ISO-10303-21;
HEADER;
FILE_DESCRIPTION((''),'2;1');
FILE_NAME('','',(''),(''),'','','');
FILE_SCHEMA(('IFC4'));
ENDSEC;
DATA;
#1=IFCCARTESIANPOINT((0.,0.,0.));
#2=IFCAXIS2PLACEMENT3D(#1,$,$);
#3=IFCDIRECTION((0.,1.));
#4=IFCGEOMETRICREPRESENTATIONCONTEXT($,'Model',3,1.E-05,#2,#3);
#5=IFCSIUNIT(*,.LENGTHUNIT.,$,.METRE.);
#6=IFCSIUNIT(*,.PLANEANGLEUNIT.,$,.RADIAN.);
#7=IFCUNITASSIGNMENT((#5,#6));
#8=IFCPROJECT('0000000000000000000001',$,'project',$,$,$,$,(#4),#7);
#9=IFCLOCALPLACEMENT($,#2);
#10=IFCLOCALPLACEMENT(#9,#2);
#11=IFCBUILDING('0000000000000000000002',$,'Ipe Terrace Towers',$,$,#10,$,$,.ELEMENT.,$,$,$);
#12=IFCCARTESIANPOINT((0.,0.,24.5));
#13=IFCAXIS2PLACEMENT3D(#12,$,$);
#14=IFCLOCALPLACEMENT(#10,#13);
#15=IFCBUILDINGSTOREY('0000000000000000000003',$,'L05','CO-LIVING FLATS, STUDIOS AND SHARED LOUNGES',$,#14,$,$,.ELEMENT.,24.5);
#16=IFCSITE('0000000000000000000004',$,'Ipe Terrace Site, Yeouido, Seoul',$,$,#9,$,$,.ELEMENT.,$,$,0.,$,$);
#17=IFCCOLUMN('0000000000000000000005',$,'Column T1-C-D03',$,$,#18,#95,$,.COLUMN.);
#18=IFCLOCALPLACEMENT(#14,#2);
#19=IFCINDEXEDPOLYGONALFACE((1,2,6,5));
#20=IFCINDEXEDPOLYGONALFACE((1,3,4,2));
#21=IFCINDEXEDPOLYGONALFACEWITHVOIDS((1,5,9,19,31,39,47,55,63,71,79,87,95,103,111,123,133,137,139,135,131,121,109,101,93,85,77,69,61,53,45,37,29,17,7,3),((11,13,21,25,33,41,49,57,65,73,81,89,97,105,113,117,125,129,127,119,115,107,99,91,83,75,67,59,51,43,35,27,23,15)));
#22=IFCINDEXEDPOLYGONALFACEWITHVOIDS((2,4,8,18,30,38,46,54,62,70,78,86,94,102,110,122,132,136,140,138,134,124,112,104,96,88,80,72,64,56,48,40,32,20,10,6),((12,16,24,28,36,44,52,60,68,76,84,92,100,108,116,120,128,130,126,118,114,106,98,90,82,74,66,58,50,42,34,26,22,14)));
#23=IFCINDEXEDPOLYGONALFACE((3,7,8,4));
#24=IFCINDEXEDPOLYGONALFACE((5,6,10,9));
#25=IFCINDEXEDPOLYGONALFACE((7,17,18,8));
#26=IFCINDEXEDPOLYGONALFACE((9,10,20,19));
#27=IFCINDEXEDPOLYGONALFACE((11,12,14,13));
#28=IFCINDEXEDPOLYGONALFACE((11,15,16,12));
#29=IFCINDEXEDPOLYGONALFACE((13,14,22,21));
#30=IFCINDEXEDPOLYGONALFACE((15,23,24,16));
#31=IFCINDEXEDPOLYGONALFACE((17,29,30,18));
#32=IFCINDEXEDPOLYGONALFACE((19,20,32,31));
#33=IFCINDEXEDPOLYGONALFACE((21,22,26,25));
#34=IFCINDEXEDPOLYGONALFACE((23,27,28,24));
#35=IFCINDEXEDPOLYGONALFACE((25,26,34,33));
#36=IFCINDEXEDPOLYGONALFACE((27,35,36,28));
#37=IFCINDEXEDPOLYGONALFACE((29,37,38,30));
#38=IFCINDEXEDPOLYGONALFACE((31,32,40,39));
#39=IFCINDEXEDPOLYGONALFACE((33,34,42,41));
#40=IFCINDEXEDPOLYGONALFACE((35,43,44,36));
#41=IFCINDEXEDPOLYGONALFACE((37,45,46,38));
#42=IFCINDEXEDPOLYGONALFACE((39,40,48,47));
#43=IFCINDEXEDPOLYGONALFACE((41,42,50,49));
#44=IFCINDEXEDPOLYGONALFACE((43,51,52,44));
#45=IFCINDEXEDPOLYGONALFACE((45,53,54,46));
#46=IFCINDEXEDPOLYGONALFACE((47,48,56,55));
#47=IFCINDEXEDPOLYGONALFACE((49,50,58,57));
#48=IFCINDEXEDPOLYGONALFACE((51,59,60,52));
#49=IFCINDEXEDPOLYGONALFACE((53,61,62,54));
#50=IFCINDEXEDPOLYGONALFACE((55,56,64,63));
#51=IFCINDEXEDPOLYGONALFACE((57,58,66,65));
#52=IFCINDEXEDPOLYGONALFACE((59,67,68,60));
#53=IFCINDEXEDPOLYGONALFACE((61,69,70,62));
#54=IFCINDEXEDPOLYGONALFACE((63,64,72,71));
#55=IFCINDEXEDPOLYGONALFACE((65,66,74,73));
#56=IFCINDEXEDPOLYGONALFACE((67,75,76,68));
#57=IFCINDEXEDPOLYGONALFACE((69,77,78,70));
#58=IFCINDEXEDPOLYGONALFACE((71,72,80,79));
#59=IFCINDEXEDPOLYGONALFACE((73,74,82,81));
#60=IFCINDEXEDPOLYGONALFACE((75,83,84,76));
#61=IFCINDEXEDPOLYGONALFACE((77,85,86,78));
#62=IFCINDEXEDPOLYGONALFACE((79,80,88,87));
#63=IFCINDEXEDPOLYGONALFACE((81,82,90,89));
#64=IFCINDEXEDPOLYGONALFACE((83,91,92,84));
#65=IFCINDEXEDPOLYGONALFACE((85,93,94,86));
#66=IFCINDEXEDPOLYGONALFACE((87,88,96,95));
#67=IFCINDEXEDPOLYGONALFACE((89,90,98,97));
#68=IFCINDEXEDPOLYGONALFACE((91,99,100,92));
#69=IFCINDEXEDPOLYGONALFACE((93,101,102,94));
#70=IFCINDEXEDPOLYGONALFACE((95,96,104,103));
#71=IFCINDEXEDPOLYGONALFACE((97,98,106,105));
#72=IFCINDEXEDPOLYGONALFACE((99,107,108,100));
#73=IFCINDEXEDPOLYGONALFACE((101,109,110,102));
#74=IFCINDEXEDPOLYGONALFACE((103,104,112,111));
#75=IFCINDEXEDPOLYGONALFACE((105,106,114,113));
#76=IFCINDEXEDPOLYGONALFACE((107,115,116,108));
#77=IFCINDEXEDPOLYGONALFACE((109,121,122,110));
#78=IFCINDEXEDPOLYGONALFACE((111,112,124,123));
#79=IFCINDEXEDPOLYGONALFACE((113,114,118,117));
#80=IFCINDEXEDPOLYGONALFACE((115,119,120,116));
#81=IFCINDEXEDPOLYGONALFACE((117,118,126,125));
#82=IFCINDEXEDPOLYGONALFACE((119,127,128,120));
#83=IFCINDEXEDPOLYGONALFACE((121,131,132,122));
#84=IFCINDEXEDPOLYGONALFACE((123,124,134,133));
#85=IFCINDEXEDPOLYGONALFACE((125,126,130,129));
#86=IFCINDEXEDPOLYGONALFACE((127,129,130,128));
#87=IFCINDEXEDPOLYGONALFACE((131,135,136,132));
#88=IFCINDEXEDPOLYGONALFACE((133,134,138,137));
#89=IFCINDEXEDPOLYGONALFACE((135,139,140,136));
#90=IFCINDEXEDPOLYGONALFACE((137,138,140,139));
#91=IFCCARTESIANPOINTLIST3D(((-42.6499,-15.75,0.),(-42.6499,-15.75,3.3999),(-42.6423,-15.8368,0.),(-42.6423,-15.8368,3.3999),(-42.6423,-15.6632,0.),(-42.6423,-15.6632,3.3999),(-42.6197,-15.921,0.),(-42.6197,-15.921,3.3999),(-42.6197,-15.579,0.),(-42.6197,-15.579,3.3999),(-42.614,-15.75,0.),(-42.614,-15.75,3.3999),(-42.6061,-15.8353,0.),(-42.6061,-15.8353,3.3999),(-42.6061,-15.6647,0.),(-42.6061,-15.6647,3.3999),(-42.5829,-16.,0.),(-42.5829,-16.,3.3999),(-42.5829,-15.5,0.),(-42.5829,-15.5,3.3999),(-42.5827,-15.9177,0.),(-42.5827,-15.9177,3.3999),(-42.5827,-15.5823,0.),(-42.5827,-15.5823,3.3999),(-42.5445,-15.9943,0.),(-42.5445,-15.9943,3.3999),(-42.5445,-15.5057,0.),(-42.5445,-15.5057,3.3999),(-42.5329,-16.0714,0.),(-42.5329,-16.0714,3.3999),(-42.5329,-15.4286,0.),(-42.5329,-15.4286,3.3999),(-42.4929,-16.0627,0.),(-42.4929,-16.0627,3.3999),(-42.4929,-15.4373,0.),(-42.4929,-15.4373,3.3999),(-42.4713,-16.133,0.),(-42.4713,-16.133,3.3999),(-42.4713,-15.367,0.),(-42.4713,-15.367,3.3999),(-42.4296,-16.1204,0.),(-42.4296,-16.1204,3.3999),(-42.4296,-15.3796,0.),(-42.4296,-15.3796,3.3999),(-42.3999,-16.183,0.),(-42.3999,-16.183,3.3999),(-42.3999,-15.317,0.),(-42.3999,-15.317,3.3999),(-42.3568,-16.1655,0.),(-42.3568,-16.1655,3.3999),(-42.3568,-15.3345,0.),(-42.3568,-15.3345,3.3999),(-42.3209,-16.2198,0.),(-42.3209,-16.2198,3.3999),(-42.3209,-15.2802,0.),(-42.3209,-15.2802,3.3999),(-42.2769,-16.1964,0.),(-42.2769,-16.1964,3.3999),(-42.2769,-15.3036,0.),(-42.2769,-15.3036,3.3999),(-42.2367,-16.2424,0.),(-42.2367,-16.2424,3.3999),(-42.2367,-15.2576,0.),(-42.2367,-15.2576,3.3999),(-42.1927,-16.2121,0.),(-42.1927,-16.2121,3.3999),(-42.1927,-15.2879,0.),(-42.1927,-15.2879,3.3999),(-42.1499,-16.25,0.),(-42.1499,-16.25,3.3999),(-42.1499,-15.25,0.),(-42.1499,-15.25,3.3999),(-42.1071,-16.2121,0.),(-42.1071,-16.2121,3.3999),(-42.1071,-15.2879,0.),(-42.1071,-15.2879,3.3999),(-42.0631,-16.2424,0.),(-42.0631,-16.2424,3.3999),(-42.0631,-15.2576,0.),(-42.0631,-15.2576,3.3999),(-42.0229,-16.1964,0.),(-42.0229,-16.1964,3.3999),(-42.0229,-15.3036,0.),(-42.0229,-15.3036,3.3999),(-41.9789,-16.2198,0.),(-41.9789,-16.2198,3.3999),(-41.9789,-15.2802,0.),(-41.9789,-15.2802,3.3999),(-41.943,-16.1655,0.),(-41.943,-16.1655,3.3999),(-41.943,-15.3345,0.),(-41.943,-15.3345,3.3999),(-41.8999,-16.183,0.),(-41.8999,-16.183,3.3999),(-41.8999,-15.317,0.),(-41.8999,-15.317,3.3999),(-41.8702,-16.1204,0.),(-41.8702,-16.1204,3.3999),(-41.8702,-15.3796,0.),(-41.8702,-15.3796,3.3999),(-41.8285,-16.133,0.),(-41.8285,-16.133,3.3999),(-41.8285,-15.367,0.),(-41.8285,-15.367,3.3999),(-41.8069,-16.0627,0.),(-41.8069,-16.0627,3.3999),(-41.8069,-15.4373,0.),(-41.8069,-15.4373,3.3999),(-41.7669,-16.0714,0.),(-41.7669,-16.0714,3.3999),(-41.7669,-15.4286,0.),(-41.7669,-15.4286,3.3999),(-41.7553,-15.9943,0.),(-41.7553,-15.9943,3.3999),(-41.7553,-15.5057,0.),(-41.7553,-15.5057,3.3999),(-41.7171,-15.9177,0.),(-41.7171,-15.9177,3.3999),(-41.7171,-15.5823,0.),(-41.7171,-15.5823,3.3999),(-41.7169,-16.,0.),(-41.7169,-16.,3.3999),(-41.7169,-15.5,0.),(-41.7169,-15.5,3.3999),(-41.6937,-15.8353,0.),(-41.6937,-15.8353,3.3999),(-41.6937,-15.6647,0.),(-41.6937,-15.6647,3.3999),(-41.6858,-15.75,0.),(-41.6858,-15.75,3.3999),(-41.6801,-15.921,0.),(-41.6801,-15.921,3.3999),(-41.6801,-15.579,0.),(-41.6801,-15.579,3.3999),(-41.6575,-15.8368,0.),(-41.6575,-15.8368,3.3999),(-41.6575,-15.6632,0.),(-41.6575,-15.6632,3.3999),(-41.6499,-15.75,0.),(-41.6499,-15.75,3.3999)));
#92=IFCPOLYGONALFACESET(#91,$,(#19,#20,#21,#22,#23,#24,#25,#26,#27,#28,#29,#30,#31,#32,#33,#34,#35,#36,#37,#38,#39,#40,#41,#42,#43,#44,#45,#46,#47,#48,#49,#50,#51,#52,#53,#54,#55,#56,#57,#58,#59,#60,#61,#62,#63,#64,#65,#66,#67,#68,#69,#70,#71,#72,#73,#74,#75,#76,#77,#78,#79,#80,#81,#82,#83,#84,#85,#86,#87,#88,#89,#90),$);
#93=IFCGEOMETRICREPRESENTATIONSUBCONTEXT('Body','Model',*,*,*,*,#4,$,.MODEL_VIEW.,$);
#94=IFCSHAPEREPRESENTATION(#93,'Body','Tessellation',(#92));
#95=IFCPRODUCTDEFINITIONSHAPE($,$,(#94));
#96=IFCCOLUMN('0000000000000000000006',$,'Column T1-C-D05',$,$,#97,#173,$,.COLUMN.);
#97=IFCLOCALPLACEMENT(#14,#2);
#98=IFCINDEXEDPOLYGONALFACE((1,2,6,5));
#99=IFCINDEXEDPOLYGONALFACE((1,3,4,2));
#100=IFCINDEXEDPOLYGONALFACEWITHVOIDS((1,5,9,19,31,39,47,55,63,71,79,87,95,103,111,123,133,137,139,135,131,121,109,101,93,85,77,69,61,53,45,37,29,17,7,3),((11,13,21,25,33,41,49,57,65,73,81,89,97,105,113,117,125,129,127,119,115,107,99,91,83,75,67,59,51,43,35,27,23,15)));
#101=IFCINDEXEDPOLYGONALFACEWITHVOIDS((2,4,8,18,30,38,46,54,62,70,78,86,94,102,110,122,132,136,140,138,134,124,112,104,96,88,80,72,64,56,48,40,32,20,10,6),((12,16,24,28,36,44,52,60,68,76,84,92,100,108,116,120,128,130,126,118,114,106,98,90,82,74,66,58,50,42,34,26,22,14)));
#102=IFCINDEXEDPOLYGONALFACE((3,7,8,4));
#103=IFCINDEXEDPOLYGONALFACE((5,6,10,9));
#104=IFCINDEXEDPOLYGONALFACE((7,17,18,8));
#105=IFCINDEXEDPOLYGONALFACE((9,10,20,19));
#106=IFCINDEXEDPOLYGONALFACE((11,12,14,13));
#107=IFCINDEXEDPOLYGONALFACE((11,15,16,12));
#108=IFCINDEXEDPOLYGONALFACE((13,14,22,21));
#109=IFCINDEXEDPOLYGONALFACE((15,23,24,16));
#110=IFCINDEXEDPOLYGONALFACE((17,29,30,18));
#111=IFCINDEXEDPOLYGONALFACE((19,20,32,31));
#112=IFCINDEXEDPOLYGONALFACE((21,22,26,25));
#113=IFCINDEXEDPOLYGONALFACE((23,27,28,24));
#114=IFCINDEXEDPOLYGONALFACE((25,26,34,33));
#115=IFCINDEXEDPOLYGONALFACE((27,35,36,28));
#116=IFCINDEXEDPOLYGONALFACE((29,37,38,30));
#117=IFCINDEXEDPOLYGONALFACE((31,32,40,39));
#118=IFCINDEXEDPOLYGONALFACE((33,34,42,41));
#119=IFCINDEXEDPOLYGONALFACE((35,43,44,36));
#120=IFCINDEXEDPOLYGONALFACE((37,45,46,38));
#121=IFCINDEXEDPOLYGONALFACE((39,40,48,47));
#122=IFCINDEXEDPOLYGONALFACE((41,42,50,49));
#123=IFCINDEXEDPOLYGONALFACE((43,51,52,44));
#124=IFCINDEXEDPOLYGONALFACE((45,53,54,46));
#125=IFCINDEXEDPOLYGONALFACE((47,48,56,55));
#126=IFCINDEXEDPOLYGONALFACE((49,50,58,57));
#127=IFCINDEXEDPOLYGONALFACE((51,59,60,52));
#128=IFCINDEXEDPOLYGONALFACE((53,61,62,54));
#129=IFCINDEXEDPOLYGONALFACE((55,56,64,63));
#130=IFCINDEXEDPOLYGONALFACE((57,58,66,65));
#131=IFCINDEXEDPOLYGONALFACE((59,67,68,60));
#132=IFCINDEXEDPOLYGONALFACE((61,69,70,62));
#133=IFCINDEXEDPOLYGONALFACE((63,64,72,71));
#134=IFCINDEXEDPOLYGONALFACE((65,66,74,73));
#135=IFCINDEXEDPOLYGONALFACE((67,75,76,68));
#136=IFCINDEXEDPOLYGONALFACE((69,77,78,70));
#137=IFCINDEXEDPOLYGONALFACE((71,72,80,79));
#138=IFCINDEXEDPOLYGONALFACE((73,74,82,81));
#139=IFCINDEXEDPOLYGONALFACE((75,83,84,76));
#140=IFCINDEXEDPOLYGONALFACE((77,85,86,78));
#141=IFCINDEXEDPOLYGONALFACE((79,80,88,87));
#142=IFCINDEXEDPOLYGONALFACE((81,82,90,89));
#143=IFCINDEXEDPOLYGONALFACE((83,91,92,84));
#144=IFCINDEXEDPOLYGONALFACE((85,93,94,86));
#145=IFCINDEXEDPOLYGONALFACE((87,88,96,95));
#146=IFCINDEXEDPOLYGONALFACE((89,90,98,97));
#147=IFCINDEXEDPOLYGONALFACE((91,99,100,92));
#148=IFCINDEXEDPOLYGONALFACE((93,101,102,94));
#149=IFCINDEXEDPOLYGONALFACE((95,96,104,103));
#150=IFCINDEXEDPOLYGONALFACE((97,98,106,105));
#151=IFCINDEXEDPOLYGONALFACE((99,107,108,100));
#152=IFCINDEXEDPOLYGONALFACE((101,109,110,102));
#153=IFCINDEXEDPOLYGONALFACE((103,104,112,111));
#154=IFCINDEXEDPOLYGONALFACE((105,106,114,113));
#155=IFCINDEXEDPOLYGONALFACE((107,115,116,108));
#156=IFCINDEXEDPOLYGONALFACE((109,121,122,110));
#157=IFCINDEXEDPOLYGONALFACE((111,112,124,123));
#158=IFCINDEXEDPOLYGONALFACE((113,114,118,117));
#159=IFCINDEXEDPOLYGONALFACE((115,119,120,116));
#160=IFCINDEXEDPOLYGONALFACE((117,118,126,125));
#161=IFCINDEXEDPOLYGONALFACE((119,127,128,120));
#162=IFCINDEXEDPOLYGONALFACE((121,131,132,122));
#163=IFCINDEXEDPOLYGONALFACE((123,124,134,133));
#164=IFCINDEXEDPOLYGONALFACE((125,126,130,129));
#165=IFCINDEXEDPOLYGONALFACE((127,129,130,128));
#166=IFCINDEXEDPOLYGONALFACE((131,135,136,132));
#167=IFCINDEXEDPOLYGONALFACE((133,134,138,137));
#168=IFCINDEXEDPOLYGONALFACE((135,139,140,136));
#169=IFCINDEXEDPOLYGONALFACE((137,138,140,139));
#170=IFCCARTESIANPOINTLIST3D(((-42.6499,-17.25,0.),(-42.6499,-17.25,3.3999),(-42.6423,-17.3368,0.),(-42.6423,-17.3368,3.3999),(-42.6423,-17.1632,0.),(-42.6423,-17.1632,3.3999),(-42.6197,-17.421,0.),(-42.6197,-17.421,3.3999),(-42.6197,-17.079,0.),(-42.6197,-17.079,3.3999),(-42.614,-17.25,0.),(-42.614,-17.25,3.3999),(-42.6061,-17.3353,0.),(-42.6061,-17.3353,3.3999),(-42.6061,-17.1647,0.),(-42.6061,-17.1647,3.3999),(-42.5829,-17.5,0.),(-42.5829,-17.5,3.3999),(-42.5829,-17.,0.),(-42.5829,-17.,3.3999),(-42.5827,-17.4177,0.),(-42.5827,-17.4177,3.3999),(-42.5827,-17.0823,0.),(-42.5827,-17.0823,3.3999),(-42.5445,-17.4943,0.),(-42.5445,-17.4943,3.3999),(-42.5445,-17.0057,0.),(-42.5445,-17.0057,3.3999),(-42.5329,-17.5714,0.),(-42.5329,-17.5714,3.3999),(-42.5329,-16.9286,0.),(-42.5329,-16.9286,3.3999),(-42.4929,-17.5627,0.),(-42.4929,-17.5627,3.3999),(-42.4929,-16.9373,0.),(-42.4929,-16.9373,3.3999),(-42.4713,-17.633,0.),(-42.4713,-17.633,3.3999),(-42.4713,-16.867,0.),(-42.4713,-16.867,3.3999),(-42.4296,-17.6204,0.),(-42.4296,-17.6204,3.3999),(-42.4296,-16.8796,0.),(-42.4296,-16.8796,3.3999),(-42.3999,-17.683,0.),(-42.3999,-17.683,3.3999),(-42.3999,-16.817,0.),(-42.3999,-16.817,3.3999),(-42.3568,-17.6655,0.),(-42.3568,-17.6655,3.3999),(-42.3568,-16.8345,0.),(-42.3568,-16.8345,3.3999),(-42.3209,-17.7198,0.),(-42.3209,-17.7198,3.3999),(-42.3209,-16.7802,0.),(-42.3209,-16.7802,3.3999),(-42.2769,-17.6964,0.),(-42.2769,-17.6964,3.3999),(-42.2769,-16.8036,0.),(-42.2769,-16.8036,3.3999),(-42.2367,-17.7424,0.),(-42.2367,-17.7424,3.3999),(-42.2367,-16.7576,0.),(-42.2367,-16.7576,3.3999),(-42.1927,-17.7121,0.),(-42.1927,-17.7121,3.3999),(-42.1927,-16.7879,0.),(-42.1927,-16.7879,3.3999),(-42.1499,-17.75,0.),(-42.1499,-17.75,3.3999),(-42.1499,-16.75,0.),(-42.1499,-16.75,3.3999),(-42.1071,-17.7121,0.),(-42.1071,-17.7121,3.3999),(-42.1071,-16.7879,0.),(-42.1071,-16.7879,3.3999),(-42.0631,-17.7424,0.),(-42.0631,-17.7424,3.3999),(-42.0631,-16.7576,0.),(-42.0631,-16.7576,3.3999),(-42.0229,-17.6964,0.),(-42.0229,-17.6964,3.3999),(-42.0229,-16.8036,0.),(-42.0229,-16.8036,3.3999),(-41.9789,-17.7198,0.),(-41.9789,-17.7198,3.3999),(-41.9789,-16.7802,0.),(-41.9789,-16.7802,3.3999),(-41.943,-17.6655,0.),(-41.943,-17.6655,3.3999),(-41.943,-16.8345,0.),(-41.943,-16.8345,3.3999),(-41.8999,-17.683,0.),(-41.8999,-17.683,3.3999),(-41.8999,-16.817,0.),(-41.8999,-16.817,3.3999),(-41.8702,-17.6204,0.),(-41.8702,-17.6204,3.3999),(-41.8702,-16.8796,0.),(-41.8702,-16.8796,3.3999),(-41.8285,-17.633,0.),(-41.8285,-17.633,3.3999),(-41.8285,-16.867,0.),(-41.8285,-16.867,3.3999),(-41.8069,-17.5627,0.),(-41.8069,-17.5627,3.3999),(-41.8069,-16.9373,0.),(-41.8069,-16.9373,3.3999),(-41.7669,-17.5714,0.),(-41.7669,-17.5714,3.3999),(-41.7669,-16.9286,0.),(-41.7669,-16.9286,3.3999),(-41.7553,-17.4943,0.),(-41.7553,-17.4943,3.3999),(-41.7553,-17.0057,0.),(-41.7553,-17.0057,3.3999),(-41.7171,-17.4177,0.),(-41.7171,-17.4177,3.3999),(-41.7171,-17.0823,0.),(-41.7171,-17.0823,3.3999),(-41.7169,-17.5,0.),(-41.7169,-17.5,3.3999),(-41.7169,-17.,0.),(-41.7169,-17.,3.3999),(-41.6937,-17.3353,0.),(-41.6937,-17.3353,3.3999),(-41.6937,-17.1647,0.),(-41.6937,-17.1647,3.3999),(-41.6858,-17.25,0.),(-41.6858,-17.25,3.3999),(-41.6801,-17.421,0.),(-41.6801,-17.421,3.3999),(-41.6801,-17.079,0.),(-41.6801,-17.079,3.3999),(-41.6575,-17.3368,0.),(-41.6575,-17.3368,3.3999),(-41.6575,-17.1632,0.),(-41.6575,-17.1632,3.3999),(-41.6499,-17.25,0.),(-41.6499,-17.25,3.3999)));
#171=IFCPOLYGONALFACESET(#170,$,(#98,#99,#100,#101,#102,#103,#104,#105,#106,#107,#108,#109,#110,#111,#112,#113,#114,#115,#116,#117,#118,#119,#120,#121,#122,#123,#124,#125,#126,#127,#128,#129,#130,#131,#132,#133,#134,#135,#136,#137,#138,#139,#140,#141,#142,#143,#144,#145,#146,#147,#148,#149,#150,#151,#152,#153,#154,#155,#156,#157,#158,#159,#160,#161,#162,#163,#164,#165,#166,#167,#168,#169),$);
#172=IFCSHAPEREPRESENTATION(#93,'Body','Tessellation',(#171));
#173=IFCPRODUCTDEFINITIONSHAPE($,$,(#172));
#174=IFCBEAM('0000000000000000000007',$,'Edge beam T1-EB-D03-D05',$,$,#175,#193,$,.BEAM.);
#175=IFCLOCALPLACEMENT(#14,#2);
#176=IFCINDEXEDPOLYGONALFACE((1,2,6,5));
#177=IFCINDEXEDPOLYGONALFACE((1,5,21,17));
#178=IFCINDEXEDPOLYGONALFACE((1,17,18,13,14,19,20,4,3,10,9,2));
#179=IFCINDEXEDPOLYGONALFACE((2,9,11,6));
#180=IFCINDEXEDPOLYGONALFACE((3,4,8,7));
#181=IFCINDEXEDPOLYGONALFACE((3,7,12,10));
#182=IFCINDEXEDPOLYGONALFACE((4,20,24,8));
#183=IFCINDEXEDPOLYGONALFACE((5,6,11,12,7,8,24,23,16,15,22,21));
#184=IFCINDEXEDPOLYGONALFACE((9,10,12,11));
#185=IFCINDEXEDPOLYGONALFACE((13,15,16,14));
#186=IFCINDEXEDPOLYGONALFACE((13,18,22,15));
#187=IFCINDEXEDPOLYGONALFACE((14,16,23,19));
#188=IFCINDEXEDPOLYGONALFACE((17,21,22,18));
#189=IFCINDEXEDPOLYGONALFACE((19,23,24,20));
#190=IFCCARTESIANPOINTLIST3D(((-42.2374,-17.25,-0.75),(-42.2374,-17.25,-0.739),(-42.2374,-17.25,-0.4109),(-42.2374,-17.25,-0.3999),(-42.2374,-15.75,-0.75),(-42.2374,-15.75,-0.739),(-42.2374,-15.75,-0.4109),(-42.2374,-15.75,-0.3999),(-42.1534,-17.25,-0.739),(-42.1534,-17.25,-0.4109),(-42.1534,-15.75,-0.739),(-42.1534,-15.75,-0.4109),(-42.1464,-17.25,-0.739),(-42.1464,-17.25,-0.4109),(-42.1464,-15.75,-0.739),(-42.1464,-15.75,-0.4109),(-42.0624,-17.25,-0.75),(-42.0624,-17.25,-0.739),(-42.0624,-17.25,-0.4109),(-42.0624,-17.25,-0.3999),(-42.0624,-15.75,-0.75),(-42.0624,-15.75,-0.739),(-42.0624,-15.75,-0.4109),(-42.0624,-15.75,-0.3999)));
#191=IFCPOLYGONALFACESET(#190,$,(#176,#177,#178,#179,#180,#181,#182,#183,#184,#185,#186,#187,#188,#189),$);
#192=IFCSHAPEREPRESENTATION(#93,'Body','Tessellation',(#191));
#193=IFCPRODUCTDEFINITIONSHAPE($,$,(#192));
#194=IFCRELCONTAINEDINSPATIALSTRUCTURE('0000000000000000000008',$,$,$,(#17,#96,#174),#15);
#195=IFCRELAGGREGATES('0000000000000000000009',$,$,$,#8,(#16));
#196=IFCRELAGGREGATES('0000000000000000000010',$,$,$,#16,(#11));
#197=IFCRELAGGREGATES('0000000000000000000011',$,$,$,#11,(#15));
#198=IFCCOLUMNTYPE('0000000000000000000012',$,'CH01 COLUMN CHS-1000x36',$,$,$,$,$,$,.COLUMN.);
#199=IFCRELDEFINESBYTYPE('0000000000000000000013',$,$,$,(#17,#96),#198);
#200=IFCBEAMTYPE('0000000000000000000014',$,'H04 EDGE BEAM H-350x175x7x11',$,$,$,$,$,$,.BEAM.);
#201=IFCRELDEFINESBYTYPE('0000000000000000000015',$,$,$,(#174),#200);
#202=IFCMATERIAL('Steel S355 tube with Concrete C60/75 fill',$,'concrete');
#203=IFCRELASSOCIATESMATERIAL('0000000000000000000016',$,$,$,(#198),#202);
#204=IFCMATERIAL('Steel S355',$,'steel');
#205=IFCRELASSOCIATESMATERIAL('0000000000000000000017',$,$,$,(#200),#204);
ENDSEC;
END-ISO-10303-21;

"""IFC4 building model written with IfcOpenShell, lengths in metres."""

from ifc_helpers import new_model, si_unit, direction, frame, origin, origin_2d, place, context, subcontext, project, spatial, hollow_circle, i_section, extrude, material, material_profile, profile_set, type_object, element, save


model = new_model("IFC4")

# Units and contexts
model_context = context("Model", 3, precision=1e-05, world=origin(), true_north=direction((0.0, 1.0)))
body_context = subcontext(model_context, "Body", "Model", "MODEL_VIEW")
ifc_project = project(units=[si_unit("LENGTHUNIT", "METRE"), si_unit("PLANEANGLEUNIT", "RADIAN")], contexts=[model_context])

# Site, building, storey
site_placement = place(None, origin())
site = spatial("IfcSite", under=ifc_project, at=site_placement, Name="Ipe Terrace Site, Yeouido, Seoul", CompositionType="ELEMENT", RefElevation=0.0)
building_placement = place(site_placement, origin())
building = spatial("IfcBuilding", under=site, at=building_placement, Name="Ipe Terrace Towers", CompositionType="ELEMENT")
storey_placement = place(building_placement, frame((0.0, 0.0, 24.5)))
storey = spatial("IfcBuildingStorey", under=building, at=storey_placement, Name="L05", Description="CO-LIVING FLATS, STUDIOS AND SHARED LOUNGES", CompositionType="ELEMENT", Elevation=24.5)

# Columns
ifc_material_1 = material(Name="Steel S355 tube with Concrete C60/75 fill", Category="concrete")
ifc_material_profile_1 = material_profile(ifc_material_1, hollow_circle(Radius=0.5, WallThickness=0.0359, at=origin_2d()), Name="CHS-1000x36")
ifc_profile_set_1 = profile_set([ifc_material_profile_1], Name="Steel S355 tube with Concrete C60/75 fill")
column_type = type_object("IfcColumnType", Name="CH01 COLUMN CHS-1000x36", PredefinedType="COLUMN", material=ifc_profile_set_1)
for number, where, z_axis, x_axis, name in (
    (1, (-42.1499, -15.75, 0.0), (0.0, 0.0, 1.0), (1.0, 0.0, 0.0), "Column T1-C-D03"),
    (2, (-42.1499, -17.25, 0.0), (0.0, 0.0, 1.0), (1.0, 0.0, 0.0), "Column T1-C-D05"),
):
    element("IfcColumn", number, at=place(storey_placement, frame(where, z_axis=z_axis, x_axis=x_axis)), inside=storey, type_object=column_type, Name=name, PredefinedType="COLUMN", context=body_context, shape_type="SweptSolid", body=[
        extrude(hollow_circle(Radius=0.5, WallThickness=0.0359, at=origin_2d()), origin(), (0.0, 0.0, 1.0), 3.3999),
    ])

# Beam
ifc_material_2 = material(Name="Steel S355", Category="steel")
ifc_material_profile_2 = material_profile(ifc_material_2, i_section(OverallWidth=0.175, OverallDepth=0.3501, WebThickness=0.0071, FlangeThickness=0.011, at=origin_2d()), Name="H-350x175x7x11")
ifc_profile_set_2 = profile_set([ifc_material_profile_2], Name="Steel S355")
beam_type = type_object("IfcBeamType", Name="H04 EDGE BEAM H-350x175x7x11", PredefinedType="BEAM", material=ifc_profile_set_2)
beam_placement = place(storey_placement, frame((-42.1499, -15.75, -0.575), z_axis=(0.0, -1.0, 0.0), x_axis=(1.0, 0.0, 0.0)))
element("IfcBeam", 3, at=beam_placement, inside=storey, type_object=beam_type, Name="Edge beam T1-EB-D03-D05", PredefinedType="BEAM", context=body_context, shape_type="SweptSolid", body=[
    extrude(i_section(OverallWidth=0.175, OverallDepth=0.3501, WebThickness=0.0071, FlangeThickness=0.011, at=origin_2d()), origin(), (0.0, 0.0, 1.0), 1.5),
])

save(model, "model.ifc")
